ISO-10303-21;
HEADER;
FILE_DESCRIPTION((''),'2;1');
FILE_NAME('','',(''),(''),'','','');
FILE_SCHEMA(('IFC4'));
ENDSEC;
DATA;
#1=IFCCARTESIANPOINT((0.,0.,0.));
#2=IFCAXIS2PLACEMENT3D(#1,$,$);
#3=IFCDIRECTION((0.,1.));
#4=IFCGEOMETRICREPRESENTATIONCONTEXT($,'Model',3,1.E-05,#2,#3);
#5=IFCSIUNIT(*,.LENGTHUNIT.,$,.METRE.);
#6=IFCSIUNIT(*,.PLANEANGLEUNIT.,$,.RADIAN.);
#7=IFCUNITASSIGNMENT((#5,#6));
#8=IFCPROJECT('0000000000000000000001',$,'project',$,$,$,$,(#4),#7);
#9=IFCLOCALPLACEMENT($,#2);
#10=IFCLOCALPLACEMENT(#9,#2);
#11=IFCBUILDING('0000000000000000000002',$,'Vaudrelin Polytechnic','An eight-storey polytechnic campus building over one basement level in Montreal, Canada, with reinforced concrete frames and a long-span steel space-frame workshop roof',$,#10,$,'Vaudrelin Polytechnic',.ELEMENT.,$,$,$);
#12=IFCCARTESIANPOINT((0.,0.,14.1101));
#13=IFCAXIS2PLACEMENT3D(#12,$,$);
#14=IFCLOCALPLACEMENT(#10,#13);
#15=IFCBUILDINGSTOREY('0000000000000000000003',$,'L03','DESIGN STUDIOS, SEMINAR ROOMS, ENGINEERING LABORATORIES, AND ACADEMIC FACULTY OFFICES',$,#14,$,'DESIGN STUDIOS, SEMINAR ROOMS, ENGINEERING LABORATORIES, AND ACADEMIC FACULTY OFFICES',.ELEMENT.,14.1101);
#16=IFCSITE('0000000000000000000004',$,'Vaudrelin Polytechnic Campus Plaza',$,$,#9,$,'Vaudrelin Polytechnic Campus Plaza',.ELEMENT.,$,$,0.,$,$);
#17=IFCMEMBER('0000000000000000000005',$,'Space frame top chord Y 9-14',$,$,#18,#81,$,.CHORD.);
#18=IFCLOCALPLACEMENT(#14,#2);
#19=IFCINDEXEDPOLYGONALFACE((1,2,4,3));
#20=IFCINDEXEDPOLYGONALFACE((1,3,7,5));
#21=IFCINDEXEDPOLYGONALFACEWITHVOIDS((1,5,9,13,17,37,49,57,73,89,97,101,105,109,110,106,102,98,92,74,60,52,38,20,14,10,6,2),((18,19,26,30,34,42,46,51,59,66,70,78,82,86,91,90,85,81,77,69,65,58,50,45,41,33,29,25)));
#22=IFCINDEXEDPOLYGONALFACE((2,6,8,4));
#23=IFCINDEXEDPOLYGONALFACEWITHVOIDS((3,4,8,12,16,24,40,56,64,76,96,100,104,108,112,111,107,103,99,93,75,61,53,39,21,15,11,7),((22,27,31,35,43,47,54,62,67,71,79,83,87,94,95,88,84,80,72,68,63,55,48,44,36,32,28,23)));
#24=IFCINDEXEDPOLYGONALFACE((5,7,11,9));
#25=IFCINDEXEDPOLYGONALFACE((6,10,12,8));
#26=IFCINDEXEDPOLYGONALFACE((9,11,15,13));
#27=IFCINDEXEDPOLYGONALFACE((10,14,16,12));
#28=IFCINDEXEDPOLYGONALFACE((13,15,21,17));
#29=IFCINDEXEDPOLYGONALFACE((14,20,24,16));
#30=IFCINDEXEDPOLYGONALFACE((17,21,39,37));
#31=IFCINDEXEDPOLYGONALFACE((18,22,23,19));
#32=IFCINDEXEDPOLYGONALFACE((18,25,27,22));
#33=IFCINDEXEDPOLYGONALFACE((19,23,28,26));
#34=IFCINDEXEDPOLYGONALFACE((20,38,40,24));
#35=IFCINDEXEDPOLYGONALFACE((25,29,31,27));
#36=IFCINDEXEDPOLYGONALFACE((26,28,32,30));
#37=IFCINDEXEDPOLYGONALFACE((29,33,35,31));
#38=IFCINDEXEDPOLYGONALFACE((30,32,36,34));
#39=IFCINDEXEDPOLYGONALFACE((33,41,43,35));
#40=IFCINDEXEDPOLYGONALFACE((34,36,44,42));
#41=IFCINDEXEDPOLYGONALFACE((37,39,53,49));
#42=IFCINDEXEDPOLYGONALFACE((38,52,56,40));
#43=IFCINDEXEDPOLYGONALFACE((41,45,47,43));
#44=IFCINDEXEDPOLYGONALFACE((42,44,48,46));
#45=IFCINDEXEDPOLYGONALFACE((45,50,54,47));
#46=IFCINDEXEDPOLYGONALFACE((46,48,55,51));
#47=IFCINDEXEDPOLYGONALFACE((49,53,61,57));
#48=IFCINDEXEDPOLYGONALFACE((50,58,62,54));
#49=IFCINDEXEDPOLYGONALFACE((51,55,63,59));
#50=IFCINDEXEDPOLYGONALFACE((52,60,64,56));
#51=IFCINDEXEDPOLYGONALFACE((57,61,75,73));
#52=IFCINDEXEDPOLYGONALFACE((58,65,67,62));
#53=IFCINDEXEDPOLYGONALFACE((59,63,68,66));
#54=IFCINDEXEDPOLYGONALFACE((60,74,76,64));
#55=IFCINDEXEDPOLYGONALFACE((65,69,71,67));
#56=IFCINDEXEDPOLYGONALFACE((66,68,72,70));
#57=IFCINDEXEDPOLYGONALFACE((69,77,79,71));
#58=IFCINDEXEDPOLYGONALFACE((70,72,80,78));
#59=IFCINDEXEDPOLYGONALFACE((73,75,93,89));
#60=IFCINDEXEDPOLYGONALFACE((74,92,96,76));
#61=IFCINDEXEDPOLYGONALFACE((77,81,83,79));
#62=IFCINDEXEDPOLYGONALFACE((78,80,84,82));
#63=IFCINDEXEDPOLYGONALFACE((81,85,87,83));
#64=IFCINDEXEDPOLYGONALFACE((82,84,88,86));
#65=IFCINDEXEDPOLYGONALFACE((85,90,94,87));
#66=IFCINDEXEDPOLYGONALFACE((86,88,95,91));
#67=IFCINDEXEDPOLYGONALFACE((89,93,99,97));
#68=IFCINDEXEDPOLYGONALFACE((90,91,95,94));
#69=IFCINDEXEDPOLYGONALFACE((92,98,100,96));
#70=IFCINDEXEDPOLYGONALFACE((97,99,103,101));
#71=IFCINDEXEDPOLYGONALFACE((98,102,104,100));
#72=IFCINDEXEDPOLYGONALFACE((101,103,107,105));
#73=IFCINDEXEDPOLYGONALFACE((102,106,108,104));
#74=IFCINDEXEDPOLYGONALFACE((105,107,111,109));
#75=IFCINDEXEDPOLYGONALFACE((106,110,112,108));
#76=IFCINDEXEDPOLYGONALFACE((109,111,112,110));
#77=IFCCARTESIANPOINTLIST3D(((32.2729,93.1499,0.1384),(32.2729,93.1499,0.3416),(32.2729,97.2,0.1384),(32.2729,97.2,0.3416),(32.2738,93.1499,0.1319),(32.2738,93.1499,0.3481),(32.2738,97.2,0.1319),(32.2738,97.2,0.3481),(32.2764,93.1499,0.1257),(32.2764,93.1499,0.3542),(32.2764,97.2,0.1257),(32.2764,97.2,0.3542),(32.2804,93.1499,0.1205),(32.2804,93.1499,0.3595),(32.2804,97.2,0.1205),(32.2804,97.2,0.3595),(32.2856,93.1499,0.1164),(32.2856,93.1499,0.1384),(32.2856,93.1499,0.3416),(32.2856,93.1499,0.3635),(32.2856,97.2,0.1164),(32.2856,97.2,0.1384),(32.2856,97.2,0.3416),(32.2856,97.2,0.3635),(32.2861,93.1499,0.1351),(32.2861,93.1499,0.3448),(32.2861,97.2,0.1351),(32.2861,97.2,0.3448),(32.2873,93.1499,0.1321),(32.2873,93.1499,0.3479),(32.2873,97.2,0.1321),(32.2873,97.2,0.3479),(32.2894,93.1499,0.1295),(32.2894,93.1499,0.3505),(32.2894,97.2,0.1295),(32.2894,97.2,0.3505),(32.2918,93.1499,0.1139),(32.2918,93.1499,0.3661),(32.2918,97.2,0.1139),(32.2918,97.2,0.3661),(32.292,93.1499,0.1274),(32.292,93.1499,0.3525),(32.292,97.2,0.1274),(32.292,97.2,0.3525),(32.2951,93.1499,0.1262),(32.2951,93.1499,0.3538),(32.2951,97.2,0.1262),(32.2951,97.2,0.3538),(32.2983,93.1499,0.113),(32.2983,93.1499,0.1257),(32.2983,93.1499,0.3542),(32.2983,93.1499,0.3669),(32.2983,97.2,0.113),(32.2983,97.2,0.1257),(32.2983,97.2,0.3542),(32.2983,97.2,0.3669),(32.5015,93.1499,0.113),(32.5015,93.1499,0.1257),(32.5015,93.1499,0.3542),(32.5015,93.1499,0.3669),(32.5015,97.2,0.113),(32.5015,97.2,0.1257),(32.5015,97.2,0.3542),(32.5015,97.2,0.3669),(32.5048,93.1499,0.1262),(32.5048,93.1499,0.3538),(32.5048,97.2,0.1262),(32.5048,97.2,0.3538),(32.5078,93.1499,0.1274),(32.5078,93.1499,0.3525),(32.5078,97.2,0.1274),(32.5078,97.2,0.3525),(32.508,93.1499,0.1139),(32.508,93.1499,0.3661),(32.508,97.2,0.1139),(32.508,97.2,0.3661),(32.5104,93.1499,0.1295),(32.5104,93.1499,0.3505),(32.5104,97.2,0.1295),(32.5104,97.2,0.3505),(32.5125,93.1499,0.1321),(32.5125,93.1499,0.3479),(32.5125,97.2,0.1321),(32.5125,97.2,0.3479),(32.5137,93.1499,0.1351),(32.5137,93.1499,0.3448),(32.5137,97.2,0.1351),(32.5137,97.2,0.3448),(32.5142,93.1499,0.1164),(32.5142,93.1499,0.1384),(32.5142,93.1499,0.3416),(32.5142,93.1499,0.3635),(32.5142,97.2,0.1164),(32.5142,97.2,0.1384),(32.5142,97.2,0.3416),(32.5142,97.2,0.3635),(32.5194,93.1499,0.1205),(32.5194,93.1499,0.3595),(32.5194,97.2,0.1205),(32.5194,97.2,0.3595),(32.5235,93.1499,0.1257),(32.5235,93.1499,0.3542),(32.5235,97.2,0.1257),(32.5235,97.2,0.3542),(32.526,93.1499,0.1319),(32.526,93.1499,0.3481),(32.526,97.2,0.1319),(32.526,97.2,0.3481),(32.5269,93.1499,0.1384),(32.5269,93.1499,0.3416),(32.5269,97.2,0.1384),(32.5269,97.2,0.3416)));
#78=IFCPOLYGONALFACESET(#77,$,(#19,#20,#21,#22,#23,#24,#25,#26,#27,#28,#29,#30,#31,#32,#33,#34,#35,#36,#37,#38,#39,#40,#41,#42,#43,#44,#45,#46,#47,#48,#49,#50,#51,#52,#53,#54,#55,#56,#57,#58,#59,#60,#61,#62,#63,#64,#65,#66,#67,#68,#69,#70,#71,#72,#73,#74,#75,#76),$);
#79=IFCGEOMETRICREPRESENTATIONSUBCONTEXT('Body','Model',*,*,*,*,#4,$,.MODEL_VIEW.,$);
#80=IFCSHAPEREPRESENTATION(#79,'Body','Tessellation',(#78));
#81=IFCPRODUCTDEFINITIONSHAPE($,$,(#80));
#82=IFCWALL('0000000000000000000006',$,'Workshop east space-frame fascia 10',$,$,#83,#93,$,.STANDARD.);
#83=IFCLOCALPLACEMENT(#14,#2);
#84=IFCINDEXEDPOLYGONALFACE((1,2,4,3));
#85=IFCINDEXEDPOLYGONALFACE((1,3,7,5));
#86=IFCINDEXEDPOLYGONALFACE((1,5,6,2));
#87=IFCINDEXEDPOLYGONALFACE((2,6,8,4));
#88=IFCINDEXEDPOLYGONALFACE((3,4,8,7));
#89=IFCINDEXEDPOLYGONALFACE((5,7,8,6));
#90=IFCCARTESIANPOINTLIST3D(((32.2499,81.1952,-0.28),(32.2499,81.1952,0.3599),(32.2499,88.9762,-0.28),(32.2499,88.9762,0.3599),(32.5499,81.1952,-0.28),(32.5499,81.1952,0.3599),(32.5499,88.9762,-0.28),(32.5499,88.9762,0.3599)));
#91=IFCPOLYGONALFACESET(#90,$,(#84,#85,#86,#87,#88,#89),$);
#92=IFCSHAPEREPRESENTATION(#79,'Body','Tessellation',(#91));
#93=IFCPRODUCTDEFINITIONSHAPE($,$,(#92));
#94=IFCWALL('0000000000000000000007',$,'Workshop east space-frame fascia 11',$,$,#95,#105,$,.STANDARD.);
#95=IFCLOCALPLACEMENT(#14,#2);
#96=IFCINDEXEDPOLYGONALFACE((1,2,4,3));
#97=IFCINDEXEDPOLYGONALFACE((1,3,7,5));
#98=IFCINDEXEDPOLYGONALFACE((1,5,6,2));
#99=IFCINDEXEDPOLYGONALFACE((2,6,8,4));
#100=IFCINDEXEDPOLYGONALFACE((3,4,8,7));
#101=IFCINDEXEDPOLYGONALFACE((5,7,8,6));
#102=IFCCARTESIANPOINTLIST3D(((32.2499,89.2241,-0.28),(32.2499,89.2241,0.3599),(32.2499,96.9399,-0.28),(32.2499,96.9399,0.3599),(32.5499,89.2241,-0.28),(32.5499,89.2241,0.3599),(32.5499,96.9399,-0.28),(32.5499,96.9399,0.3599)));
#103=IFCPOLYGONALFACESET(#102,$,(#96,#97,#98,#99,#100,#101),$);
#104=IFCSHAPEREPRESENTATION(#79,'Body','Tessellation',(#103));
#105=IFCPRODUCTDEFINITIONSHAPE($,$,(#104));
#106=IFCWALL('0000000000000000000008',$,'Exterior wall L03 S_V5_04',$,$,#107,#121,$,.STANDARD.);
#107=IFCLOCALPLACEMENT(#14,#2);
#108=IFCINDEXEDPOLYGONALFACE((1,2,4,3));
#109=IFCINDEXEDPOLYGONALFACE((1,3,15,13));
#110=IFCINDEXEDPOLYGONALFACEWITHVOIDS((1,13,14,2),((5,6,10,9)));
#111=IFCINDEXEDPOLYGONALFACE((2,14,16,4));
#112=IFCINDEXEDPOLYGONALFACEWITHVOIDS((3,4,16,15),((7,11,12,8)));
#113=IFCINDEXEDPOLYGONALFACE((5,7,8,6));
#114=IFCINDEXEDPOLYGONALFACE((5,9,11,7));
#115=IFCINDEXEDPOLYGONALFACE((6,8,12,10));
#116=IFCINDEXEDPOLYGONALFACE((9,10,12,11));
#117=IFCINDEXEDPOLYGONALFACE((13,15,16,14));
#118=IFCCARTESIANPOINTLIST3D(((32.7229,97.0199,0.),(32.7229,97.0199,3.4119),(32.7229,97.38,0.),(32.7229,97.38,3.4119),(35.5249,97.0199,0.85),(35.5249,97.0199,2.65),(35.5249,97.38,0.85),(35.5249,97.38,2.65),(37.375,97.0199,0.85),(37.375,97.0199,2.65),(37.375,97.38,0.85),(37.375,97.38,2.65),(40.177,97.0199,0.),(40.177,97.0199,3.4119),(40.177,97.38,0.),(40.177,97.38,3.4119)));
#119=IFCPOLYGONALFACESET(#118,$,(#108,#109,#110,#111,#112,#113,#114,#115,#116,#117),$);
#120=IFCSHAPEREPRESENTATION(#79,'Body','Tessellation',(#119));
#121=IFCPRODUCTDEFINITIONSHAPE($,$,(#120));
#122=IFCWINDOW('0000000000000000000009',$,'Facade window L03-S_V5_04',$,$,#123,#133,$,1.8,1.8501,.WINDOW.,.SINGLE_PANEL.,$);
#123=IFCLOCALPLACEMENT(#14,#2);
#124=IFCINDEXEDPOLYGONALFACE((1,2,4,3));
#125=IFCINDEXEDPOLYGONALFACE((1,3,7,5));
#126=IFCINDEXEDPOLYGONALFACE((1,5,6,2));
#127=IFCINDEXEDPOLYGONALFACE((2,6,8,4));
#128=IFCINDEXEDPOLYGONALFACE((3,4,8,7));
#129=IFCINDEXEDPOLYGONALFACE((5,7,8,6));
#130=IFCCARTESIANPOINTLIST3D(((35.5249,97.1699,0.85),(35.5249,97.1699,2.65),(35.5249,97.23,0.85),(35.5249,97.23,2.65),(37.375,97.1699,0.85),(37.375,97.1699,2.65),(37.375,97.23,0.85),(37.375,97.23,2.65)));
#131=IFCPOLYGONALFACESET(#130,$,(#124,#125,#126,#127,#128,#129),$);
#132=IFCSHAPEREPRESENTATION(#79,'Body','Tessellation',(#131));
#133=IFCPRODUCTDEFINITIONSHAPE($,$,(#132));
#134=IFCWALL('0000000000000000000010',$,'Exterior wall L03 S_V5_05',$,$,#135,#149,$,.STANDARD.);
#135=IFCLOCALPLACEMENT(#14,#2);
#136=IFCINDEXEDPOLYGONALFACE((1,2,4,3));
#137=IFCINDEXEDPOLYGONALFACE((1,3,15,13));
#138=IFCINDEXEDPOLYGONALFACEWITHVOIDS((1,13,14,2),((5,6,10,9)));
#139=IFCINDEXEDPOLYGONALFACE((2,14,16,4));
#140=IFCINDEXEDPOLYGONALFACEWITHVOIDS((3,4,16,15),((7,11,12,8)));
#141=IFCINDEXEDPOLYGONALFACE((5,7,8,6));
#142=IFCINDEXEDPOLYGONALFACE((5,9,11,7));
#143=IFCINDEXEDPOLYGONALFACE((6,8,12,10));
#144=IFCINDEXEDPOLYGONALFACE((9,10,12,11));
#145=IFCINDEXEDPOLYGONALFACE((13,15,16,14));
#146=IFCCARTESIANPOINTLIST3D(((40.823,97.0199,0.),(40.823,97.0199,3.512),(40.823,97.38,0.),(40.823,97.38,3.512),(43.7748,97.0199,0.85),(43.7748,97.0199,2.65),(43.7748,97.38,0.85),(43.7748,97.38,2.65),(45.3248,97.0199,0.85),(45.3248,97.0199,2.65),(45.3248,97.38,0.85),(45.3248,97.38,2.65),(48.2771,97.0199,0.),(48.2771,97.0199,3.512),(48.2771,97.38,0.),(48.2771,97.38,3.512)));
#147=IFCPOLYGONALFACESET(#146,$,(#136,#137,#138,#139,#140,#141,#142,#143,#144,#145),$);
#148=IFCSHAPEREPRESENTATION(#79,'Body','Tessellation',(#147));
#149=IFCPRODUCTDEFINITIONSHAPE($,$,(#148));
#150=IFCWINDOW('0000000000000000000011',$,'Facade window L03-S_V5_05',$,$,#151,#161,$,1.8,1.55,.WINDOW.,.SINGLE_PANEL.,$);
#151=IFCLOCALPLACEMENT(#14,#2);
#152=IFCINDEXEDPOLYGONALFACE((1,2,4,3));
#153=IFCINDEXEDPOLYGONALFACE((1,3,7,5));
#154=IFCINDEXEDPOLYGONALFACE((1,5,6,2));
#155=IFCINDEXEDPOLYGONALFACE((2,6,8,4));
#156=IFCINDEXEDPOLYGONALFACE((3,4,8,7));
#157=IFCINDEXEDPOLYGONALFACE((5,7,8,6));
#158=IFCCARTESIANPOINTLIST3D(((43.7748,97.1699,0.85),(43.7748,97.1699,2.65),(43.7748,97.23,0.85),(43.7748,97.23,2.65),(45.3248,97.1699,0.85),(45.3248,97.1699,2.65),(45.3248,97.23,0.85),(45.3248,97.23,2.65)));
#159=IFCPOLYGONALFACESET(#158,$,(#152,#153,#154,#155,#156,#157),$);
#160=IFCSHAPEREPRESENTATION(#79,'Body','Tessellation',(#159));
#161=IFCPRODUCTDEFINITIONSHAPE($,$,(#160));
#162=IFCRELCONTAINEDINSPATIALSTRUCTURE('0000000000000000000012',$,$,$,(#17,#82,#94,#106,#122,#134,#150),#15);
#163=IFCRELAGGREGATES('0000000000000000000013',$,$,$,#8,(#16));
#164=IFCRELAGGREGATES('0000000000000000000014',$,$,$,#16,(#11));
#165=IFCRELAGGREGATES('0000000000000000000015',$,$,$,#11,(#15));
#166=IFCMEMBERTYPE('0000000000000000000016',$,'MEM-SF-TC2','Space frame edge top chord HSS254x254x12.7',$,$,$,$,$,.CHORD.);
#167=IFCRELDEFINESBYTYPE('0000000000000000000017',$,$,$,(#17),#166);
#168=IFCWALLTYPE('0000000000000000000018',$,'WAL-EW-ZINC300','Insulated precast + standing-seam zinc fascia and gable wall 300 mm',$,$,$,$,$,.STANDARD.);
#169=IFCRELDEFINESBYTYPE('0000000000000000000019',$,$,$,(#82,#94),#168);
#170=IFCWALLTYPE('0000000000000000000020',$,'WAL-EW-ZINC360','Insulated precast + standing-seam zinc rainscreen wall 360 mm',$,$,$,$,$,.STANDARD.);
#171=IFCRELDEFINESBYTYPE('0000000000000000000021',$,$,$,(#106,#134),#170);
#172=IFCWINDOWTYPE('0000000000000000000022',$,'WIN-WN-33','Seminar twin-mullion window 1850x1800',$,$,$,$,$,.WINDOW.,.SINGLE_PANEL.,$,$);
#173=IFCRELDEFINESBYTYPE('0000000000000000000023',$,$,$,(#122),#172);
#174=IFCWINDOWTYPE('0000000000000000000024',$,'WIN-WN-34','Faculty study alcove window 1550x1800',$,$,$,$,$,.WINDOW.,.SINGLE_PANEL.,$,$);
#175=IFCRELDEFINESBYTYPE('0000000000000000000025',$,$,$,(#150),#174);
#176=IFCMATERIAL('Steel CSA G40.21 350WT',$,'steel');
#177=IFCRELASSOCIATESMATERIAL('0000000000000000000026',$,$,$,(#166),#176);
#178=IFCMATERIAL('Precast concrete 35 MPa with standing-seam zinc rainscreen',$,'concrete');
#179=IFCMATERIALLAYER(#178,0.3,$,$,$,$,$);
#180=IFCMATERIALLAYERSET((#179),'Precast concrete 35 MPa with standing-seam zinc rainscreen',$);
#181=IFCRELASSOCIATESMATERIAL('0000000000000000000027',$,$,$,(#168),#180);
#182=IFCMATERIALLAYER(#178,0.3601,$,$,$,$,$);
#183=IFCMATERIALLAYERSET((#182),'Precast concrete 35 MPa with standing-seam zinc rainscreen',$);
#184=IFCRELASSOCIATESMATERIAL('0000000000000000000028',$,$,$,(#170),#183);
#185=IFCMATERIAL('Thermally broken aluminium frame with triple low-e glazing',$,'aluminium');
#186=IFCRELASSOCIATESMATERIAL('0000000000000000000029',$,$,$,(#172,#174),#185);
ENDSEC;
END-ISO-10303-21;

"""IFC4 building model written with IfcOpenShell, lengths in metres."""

from ifc_helpers import new_model, si_unit, direction, frame, frame_2d, origin, origin_2d, place, context, subcontext, project, spatial, rectangle, hollow_rectangle, extrude, material, layer, layer_set, material_profile, profile_set, type_object, element, fill, save


model = new_model("IFC4")

# Units and contexts
model_context = context("Model", 3, precision=1e-05, world=origin(), true_north=direction((0.0, 1.0)))
body_context = subcontext(model_context, "Body", "Model", "MODEL_VIEW")
ifc_project = project(units=[si_unit("LENGTHUNIT", "METRE"), si_unit("PLANEANGLEUNIT", "RADIAN")], contexts=[model_context])

# Site, building, storey
site_placement = place(None, origin())
site = spatial("IfcSite", under=ifc_project, at=site_placement, Name="Vaudrelin Polytechnic Campus Plaza", LongName="Vaudrelin Polytechnic Campus Plaza", CompositionType="ELEMENT", RefElevation=0.0)
building_placement = place(site_placement, origin())
building = spatial("IfcBuilding", under=site, at=building_placement, Name="Vaudrelin Polytechnic", Description="An eight-storey polytechnic campus building over one basement level in Montreal, Canada, with reinforced concrete frames and a long-span steel space-frame workshop roof", LongName="Vaudrelin Polytechnic", CompositionType="ELEMENT")
storey_placement = place(building_placement, frame((0.0, 0.0, 14.1101)))
storey = spatial("IfcBuildingStorey", under=building, at=storey_placement, Name="L03", Description="DESIGN STUDIOS, SEMINAR ROOMS, ENGINEERING LABORATORIES, AND ACADEMIC FACULTY OFFICES", LongName="DESIGN STUDIOS, SEMINAR ROOMS, ENGINEERING LABORATORIES, AND ACADEMIC FACULTY OFFICES", CompositionType="ELEMENT", Elevation=14.1101)

# Shared definitions
ifc_material_1 = material(Name="Steel CSA G40.21 350WT", Category="steel")

# Member
ifc_material_profile_1 = material_profile(ifc_material_1, hollow_rectangle(XDim=0.2539, YDim=0.2539, WallThickness=0.0127, InnerFilletRadius=0.0127, OuterFilletRadius=0.0254, at=origin_2d()), Name="HSS254x254x12.7")
ifc_profile_set_1 = profile_set([ifc_material_profile_1], Name="Steel CSA G40.21 350WT")
member_type = type_object("IfcMemberType", Name="MEM-SF-TC2", Description="Space frame edge top chord HSS254x254x12.7", PredefinedType="CHORD", material=ifc_profile_set_1)
member_1_placement = place(storey_placement, frame((32.3999, 93.1499, 0.24), z_axis=(0.0, 1.0, 0.0), x_axis=(-1.0, 0.0, 0.0)))
element("IfcMember", 1, at=member_1_placement, inside=storey, type_object=member_type, Name="Space frame top chord Y 9-14", PredefinedType="CHORD", context=body_context, shape_type="SweptSolid", body=[
    extrude(hollow_rectangle(XDim=0.2539, YDim=0.2539, WallThickness=0.0127, InnerFilletRadius=0.0127, OuterFilletRadius=0.0254, at=origin_2d()), origin(), (0.0, 0.0, 1.0), 4.05),
])

# Walls
ifc_material_2 = material(Name="Precast concrete 35 MPa with standing-seam zinc rainscreen", Category="concrete")
ifc_layer_1 = layer(ifc_material_2, 0.3)
ifc_layer_set_1 = layer_set([ifc_layer_1], Name="Precast concrete 35 MPa with standing-seam zinc rainscreen")
wall_type_1 = type_object("IfcWallType", Name="WAL-EW-ZINC300", Description="Insulated precast + standing-seam zinc fascia and gable wall 300 mm", PredefinedType="STANDARD", material=ifc_layer_set_1)
wall_1_placement = place(storey_placement, frame((32.3999, 81.1951, -0.28), z_axis=(0.0, 0.0, 1.0), x_axis=(0.0, 1.0, 0.0)))
element("IfcWall", 2, at=wall_1_placement, inside=storey, type_object=wall_type_1, Name="Workshop east space-frame fascia 10", PredefinedType="STANDARD", context=body_context, shape_type="SweptSolid", body=[
    extrude(rectangle(XDim=7.781, YDim=0.3, at=frame_2d((3.8906, 0.0))), origin(), (0.0, 0.0, 1.0), 0.6399),
])
wall_2_placement = place(storey_placement, frame((32.3999, 89.2241, -0.28), z_axis=(0.0, 0.0, 1.0), x_axis=(0.0, 1.0, 0.0)))
element("IfcWall", 3, at=wall_2_placement, inside=storey, type_object=wall_type_1, Name="Workshop east space-frame fascia 11", PredefinedType="STANDARD", context=body_context, shape_type="SweptSolid", body=[
    extrude(rectangle(XDim=7.7158, YDim=0.3, at=frame_2d((3.8579, 0.0))), origin(), (0.0, 0.0, 1.0), 0.6399),
])

# Walls, openings, windows
ifc_layer_2 = layer(ifc_material_2, 0.3601)
ifc_layer_set_2 = layer_set([ifc_layer_2], Name="Precast concrete 35 MPa with standing-seam zinc rainscreen")
wall_type_2 = type_object("IfcWallType", Name="WAL-EW-ZINC360", Description="Insulated precast + standing-seam zinc rainscreen wall 360 mm", PredefinedType="STANDARD", material=ifc_layer_set_2)
wall_3_placement = place(storey_placement, frame((32.7229, 97.2, 0.0), z_axis=(0.0, 0.0, 1.0), x_axis=(1.0, 0.0, 0.0)))
wall_3 = element("IfcWall", 4, at=wall_3_placement, inside=storey, type_object=wall_type_2, Name="Exterior wall L03 S_V5_04", PredefinedType="STANDARD", context=body_context, shape_type="SweptSolid", body=[
    extrude(rectangle(XDim=7.4541, YDim=0.3601, at=frame_2d((3.7271, 0.0))), origin(), (0.0, 0.0, 1.0), 3.4119),
])
opening_1_placement = place(wall_3_placement, frame((2.802, 0.0, 0.8501)))
opening_1 = element("IfcOpeningElement", 5, at=opening_1_placement, cuts=wall_3, PredefinedType="OPENING", context=body_context, shape_type="SweptSolid", body=[
    extrude(rectangle(XDim=1.8501, YDim=1.8, at=frame_2d((0.925, 0.8999))), frame((0.0, 0.1899, 0.0), z_axis=(0.0, -1.0, 0.0), x_axis=(1.0, 0.0, 0.0)), (0.0, 0.0, 1.0), 0.3801),
])
ifc_material_3 = material(Name="Thermally broken aluminium frame with triple low-e glazing", Category="aluminium")
window_type_1 = type_object("IfcWindowType", Name="WIN-WN-33", Description="Seminar twin-mullion window 1850x1800", PartitioningType="SINGLE_PANEL", PredefinedType="WINDOW", material=ifc_material_3)
window_1_placement = place(opening_1_placement, origin())
window_1 = element("IfcWindow", 6, at=window_1_placement, inside=storey, type_object=window_type_1, Name="Facade window L03-S_V5_04", OverallHeight=1.8, OverallWidth=1.8501, PartitioningType="SINGLE_PANEL", PredefinedType="WINDOW", context=body_context, shape_type="SweptSolid", body=[
    extrude(rectangle(XDim=1.8501, YDim=1.8, at=frame_2d((0.925, 0.8999))), frame((0.0, 0.03, 0.0), z_axis=(0.0, -1.0, 0.0), x_axis=(1.0, 0.0, 0.0)), (0.0, 0.0, 1.0), 0.0601),
])
fill(opening_1, window_1)
wall_4_placement = place(storey_placement, frame((40.823, 97.2, 0.0), z_axis=(0.0, 0.0, 1.0), x_axis=(1.0, 0.0, 0.0)))
wall_4 = element("IfcWall", 7, at=wall_4_placement, inside=storey, type_object=wall_type_2, Name="Exterior wall L03 S_V5_05", PredefinedType="STANDARD", context=body_context, shape_type="SweptSolid", body=[
    extrude(rectangle(XDim=7.4541, YDim=0.3601, at=frame_2d((3.7271, 0.0))), origin(), (0.0, 0.0, 1.0), 3.512),
])
opening_2_placement = place(wall_4_placement, frame((2.9519, 0.0, 0.8501)))
opening_2 = element("IfcOpeningElement", 8, at=opening_2_placement, cuts=wall_4, PredefinedType="OPENING", context=body_context, shape_type="SweptSolid", body=[
    extrude(rectangle(XDim=1.55, YDim=1.8, at=frame_2d((0.7749, 0.8999))), frame((0.0, 0.1899, 0.0), z_axis=(0.0, -1.0, 0.0), x_axis=(1.0, 0.0, 0.0)), (0.0, 0.0, 1.0), 0.3801),
])
window_type_2 = type_object("IfcWindowType", Name="WIN-WN-34", Description="Faculty study alcove window 1550x1800", PartitioningType="SINGLE_PANEL", PredefinedType="WINDOW", material=ifc_material_3)
window_2_placement = place(opening_2_placement, origin())
window_2 = element("IfcWindow", 9, at=window_2_placement, inside=storey, type_object=window_type_2, Name="Facade window L03-S_V5_05", OverallHeight=1.8, OverallWidth=1.55, PartitioningType="SINGLE_PANEL", PredefinedType="WINDOW", context=body_context, shape_type="SweptSolid", body=[
    extrude(rectangle(XDim=1.55, YDim=1.8, at=frame_2d((0.7749, 0.8999))), frame((0.0, 0.03, 0.0), z_axis=(0.0, -1.0, 0.0), x_axis=(1.0, 0.0, 0.0)), (0.0, 0.0, 1.0), 0.0601),
])
fill(opening_2, window_2)

save(model, "model.ifc")
